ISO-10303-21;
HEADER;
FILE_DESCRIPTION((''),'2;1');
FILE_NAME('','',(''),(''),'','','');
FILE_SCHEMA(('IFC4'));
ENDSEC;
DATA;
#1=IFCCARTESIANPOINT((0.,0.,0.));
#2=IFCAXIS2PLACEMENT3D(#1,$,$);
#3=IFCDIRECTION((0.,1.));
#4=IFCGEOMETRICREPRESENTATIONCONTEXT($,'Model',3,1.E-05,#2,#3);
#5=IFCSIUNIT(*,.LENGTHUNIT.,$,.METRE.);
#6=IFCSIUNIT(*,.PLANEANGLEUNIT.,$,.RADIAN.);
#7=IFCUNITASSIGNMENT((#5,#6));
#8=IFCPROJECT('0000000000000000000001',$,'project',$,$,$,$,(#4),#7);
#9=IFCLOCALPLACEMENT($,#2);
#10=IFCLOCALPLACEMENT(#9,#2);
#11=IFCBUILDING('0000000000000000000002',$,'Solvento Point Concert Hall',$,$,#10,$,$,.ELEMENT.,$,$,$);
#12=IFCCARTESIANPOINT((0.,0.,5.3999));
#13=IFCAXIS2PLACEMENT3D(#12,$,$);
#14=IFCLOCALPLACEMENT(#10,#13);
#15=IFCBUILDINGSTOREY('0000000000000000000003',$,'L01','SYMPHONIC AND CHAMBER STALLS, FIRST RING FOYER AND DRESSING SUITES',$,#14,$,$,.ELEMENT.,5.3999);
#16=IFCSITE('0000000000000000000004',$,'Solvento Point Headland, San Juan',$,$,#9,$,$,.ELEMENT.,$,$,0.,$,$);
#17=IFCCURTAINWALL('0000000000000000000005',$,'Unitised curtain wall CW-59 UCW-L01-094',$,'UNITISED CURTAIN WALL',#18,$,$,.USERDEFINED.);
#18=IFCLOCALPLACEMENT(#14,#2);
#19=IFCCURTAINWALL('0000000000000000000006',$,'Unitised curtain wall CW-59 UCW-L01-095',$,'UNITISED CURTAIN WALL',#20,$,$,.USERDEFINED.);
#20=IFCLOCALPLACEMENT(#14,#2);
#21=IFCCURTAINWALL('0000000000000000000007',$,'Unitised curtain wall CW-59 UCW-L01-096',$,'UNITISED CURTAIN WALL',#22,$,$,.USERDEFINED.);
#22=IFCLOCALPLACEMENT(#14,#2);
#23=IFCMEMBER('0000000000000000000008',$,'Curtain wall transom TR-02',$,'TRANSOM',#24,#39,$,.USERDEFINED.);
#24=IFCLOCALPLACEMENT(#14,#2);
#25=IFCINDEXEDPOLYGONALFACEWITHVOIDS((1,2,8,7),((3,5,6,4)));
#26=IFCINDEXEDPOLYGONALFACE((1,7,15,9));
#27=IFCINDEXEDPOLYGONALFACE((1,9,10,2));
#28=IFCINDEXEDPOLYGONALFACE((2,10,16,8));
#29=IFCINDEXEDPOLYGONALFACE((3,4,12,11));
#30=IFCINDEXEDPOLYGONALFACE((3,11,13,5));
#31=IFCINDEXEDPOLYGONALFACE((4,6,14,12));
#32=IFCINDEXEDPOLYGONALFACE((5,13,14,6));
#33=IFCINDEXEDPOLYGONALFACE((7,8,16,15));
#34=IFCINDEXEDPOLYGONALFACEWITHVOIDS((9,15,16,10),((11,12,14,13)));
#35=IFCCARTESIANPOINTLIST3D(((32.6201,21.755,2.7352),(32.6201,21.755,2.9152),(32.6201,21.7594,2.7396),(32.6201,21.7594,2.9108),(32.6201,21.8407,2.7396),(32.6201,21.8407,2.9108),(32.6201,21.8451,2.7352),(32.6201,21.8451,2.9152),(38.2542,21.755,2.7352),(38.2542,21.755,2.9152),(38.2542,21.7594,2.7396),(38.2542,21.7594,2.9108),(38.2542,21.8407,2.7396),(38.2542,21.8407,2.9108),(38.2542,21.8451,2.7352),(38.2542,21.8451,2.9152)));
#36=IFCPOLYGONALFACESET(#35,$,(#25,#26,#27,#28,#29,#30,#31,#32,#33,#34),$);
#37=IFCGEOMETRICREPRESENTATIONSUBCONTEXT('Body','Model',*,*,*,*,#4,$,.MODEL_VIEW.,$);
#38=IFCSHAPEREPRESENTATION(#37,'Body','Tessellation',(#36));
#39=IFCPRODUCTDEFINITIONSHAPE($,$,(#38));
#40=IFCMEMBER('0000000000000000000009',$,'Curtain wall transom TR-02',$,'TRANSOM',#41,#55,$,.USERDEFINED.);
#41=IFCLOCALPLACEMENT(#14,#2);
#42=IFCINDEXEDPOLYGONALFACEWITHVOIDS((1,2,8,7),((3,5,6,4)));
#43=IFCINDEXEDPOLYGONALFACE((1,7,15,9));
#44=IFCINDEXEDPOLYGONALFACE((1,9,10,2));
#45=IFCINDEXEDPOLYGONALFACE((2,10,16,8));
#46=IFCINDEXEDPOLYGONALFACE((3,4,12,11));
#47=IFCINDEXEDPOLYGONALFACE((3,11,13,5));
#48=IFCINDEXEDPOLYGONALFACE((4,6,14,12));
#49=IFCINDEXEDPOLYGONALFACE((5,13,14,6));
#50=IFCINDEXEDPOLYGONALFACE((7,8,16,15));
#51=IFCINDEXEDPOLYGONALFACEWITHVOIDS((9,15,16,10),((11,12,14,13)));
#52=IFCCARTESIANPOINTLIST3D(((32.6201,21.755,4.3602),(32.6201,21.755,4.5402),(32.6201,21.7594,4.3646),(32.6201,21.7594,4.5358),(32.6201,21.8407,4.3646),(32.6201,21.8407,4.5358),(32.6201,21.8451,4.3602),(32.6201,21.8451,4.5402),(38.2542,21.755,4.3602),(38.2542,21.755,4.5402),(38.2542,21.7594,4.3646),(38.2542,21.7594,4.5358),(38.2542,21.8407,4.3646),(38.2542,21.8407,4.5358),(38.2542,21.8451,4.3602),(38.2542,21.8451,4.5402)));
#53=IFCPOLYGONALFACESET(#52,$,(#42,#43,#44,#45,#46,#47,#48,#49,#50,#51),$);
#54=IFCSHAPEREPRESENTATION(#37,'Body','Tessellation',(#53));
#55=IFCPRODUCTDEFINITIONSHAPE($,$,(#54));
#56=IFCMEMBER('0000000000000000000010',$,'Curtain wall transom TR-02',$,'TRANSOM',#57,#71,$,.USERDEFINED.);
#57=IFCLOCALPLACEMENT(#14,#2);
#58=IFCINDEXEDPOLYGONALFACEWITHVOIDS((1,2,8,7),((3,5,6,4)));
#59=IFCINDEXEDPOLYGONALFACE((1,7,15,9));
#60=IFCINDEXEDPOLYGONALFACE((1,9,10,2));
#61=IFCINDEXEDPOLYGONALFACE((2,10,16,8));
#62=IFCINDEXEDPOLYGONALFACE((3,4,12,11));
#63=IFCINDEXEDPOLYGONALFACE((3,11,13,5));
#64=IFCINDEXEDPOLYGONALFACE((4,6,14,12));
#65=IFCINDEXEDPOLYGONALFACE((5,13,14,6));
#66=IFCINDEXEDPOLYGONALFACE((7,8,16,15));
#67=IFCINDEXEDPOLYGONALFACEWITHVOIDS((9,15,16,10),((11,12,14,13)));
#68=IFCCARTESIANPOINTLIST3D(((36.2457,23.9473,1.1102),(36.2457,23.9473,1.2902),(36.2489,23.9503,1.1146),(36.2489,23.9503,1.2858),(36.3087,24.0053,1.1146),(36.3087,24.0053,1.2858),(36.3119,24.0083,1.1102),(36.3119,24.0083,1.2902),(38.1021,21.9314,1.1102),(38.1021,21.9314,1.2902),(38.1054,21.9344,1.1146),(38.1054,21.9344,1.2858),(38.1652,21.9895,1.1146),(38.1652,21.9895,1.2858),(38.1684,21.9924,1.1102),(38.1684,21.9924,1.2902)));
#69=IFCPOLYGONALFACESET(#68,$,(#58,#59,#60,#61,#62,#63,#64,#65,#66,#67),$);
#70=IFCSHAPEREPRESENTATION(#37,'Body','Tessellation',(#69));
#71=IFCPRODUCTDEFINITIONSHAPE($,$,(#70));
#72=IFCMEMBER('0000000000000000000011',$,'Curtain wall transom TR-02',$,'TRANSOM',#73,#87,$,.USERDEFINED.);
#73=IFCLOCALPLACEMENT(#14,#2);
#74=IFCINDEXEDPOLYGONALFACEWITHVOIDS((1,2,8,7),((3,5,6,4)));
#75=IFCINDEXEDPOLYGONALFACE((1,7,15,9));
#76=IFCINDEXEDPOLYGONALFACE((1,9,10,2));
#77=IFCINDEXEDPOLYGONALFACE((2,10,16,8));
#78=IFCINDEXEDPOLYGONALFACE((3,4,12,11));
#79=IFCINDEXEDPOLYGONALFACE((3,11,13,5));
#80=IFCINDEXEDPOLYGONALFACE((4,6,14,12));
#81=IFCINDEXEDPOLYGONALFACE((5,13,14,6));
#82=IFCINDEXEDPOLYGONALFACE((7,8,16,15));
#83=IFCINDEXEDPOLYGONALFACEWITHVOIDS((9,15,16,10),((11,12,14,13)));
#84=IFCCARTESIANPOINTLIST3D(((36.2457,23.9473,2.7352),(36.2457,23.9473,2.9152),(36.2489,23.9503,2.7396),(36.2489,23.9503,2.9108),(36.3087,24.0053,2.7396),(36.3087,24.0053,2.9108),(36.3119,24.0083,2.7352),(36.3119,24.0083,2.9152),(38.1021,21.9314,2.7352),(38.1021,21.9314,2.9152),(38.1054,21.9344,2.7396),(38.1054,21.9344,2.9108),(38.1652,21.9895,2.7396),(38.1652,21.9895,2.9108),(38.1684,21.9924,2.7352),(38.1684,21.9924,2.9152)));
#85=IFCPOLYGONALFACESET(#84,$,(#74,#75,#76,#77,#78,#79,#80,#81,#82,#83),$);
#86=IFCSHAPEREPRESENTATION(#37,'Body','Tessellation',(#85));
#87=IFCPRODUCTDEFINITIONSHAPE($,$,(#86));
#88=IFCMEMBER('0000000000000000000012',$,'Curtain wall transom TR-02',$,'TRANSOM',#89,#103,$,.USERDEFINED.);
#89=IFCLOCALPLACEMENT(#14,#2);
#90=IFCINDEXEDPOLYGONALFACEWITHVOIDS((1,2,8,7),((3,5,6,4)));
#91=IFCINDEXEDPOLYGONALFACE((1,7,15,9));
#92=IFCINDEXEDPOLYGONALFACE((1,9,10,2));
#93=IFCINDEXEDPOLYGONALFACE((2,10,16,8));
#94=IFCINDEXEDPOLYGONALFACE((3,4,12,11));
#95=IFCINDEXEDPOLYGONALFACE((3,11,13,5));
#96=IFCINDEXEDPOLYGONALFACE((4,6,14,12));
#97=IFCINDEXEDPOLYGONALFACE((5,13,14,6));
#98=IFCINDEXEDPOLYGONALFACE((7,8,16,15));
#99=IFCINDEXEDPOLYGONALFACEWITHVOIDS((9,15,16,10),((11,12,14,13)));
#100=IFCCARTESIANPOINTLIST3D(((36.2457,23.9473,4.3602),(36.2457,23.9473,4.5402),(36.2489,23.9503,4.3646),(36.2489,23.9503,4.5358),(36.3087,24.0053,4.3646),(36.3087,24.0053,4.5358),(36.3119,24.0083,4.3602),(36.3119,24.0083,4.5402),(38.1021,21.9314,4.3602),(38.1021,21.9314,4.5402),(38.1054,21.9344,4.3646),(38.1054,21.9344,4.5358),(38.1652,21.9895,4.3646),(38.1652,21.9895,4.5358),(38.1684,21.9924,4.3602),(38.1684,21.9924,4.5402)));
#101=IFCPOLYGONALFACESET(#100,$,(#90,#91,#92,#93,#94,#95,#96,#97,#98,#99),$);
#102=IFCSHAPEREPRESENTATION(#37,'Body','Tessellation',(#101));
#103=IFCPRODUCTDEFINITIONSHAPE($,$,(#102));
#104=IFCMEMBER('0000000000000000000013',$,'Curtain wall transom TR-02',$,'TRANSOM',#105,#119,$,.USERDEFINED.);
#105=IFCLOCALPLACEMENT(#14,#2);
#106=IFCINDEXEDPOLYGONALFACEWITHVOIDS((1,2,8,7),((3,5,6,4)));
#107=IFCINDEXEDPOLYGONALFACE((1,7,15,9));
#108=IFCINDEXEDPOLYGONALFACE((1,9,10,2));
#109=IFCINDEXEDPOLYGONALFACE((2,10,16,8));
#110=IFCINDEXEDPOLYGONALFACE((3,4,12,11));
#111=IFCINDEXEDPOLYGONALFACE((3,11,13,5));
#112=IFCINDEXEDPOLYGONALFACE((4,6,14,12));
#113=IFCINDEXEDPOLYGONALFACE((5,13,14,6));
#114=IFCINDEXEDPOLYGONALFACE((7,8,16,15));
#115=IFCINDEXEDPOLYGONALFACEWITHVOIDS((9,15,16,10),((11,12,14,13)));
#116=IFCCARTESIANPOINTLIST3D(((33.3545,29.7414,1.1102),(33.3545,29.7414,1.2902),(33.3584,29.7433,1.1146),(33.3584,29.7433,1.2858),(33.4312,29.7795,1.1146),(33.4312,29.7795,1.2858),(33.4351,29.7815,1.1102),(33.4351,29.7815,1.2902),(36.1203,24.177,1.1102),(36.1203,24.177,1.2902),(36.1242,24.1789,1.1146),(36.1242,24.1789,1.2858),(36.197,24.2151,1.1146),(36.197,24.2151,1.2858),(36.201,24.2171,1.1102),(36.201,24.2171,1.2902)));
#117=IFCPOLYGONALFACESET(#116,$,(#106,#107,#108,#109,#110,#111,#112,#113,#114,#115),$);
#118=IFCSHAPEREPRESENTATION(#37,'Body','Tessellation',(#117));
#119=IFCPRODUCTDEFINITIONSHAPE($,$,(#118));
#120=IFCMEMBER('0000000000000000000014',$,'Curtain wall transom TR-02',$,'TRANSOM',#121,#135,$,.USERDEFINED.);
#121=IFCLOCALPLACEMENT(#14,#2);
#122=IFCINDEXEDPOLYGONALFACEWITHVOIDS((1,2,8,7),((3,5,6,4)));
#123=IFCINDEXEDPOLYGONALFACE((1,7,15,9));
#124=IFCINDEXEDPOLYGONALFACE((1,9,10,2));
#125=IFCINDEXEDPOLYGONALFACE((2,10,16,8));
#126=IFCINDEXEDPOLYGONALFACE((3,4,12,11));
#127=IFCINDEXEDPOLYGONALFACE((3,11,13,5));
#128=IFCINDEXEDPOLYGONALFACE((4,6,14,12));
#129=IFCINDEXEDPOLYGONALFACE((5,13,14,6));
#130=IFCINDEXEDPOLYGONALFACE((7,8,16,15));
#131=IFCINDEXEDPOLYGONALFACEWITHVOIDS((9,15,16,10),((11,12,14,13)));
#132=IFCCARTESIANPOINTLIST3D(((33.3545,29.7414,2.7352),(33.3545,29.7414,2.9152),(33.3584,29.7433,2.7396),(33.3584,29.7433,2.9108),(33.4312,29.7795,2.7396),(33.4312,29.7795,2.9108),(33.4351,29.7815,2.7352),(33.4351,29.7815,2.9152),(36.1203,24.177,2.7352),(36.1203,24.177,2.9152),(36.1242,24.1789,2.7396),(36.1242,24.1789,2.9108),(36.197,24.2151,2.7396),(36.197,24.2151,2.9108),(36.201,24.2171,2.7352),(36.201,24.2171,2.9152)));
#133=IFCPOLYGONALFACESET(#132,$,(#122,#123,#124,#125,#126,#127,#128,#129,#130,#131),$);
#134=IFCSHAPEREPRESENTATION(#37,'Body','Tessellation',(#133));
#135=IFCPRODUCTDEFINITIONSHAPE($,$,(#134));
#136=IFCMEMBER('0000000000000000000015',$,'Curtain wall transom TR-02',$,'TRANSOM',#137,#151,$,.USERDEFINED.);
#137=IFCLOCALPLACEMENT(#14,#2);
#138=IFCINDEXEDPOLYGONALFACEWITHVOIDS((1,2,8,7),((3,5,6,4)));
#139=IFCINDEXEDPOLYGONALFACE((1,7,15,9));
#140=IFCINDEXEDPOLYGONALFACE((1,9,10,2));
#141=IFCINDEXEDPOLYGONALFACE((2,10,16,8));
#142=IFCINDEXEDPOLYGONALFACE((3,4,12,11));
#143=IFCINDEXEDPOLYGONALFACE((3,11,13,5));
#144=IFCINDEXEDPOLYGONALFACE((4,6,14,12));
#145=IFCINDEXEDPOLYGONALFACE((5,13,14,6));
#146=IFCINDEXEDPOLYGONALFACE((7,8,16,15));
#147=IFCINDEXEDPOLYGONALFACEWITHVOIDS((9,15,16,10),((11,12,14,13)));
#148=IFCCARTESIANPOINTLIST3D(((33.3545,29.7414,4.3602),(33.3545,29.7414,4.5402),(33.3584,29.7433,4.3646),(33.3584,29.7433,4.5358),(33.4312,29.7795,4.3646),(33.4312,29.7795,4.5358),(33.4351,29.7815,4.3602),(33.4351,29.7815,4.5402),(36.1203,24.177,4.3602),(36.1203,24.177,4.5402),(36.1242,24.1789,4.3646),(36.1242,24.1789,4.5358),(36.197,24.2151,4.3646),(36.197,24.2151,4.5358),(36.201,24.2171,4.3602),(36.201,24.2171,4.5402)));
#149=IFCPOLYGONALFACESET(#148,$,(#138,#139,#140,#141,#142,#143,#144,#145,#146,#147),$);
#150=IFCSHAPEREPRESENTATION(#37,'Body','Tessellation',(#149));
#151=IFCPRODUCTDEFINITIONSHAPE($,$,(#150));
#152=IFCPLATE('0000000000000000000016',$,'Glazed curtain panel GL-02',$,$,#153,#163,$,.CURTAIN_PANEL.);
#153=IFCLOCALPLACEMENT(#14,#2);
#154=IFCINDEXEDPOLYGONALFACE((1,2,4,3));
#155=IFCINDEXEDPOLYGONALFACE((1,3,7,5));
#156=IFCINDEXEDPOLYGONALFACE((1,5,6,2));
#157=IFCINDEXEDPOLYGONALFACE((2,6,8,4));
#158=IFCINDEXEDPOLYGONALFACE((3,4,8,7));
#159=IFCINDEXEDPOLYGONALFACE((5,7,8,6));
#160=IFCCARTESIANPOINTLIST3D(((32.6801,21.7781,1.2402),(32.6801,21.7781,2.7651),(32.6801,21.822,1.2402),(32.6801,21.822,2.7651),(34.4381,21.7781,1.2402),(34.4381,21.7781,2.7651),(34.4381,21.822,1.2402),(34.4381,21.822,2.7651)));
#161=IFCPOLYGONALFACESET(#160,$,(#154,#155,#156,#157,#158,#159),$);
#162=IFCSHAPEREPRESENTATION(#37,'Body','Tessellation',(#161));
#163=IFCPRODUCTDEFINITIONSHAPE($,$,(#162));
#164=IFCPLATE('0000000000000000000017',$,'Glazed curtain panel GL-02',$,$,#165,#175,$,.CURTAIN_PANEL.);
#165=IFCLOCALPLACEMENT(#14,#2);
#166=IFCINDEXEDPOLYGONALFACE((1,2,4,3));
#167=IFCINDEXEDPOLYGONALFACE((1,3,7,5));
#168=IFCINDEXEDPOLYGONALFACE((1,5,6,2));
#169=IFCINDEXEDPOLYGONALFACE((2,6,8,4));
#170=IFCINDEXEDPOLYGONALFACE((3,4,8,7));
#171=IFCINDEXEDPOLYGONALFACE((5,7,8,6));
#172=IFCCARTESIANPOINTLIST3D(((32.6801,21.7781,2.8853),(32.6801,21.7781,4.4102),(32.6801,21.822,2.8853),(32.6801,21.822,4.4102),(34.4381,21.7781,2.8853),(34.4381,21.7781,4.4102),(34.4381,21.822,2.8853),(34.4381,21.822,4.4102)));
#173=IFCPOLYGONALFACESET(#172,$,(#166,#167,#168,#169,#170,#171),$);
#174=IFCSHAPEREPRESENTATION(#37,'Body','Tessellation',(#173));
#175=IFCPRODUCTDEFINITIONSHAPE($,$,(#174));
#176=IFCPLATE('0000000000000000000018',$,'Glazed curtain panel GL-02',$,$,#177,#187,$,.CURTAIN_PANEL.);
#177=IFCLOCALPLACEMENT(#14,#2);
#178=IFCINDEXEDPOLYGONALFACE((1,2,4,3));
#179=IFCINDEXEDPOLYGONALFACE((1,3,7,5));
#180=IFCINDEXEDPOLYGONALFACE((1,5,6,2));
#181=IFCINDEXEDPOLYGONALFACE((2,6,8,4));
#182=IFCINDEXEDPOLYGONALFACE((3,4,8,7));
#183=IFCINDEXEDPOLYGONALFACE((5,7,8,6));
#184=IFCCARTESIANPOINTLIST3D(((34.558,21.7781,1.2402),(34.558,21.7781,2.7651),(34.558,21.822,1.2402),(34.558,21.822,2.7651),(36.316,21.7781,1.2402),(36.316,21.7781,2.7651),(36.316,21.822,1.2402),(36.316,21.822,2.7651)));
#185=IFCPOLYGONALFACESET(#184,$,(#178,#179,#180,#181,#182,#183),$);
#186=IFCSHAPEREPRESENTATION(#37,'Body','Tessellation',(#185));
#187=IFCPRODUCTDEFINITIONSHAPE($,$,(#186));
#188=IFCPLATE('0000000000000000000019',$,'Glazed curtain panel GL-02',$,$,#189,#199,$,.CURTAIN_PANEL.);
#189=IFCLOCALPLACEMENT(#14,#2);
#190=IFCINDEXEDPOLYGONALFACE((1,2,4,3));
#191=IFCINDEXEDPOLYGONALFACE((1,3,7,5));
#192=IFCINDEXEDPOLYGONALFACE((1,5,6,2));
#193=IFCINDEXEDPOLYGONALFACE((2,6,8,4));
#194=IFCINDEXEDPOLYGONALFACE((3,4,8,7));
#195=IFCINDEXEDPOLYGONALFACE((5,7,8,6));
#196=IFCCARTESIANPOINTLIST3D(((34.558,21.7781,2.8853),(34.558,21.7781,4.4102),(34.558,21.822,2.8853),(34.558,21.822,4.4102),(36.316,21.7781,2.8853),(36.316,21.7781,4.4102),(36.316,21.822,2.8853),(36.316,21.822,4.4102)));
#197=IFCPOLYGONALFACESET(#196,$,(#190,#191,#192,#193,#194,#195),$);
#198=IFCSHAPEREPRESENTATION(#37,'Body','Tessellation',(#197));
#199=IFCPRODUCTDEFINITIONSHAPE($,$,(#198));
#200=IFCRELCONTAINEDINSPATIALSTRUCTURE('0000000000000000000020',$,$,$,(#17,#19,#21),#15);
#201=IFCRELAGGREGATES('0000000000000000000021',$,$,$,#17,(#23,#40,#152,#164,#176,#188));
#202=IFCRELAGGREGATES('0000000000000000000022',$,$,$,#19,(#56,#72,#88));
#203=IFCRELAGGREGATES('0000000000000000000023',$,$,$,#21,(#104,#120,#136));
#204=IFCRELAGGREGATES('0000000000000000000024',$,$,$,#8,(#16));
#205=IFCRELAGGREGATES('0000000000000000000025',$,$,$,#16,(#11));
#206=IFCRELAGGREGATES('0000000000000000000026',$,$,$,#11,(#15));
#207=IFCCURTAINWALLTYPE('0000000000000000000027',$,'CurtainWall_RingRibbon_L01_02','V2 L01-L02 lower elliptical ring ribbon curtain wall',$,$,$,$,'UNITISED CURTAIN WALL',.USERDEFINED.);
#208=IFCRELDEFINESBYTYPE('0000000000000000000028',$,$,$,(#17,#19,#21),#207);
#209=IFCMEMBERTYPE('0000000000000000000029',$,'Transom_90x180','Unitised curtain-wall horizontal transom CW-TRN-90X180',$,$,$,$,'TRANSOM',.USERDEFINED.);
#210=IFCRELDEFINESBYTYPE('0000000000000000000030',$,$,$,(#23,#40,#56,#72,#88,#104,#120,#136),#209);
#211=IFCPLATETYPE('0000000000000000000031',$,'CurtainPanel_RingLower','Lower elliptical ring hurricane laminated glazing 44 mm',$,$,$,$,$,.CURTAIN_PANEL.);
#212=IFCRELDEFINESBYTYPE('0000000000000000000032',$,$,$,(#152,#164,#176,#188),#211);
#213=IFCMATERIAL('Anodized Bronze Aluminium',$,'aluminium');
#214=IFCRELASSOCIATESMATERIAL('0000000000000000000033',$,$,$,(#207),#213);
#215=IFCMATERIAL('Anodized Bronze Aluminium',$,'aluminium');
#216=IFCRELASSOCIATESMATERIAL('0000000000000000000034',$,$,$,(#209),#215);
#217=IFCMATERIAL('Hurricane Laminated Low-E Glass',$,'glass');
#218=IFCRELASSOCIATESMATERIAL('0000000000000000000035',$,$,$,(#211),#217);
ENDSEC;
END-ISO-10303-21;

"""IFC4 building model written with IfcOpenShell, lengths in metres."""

from ifc_helpers import new_model, si_unit, direction, frame, origin, origin_2d, place, context, subcontext, project, spatial, rectangle, hollow_rectangle, extrude, material, material_profile, profile_set, type_object, element, aggregate, save


model = new_model("IFC4")

# Units and contexts
model_context = context("Model", 3, precision=1e-05, world=origin(), true_north=direction((0.0, 1.0)))
body_context = subcontext(model_context, "Body", "Model", "MODEL_VIEW")
ifc_project = project(units=[si_unit("LENGTHUNIT", "METRE"), si_unit("PLANEANGLEUNIT", "RADIAN")], contexts=[model_context])

# Site, building, storey
site_placement = place(None, origin())
site = spatial("IfcSite", under=ifc_project, at=site_placement, Name="Solvento Point Headland, San Juan", CompositionType="ELEMENT", RefElevation=0.0)
building_placement = place(site_placement, origin())
building = spatial("IfcBuilding", under=site, at=building_placement, Name="Solvento Point Concert Hall", CompositionType="ELEMENT")
storey_placement = place(building_placement, frame((0.0, 0.0, 5.3999)))
storey = spatial("IfcBuildingStorey", under=building, at=storey_placement, Name="L01", Description="SYMPHONIC AND CHAMBER STALLS, FIRST RING FOYER AND DRESSING SUITES", CompositionType="ELEMENT", Elevation=5.3999)

# Shared definitions
ifc_material_1 = material(Name="Anodized Bronze Aluminium", Category="aluminium")
curtain_wall_type = type_object("IfcCurtainWallType", Name="CurtainWall_RingRibbon_L01_02", Description="V2 L01-L02 lower elliptical ring ribbon curtain wall", ElementType="UNITISED CURTAIN WALL", PredefinedType="USERDEFINED", material=ifc_material_1)

# Curtain walls
curtain_wall_1_placement = place(storey_placement, origin())
curtain_wall_1 = element("IfcCurtainWall", 1, at=curtain_wall_1_placement, inside=storey, type_object=curtain_wall_type, Name="Unitised curtain wall CW-59 UCW-L01-094", ObjectType="UNITISED CURTAIN WALL", PredefinedType="USERDEFINED")
curtain_wall_2_placement = place(storey_placement, origin())
curtain_wall_2 = element("IfcCurtainWall", 2, at=curtain_wall_2_placement, inside=storey, type_object=curtain_wall_type, Name="Unitised curtain wall CW-59 UCW-L01-095", ObjectType="UNITISED CURTAIN WALL", PredefinedType="USERDEFINED")
curtain_wall_3_placement = place(storey_placement, origin())
curtain_wall_3 = element("IfcCurtainWall", 3, at=curtain_wall_3_placement, inside=storey, type_object=curtain_wall_type, Name="Unitised curtain wall CW-59 UCW-L01-096", ObjectType="UNITISED CURTAIN WALL", PredefinedType="USERDEFINED")

# Members
ifc_material_2 = material(Name="Anodized Bronze Aluminium", Category="aluminium")
ifc_material_profile_1 = material_profile(ifc_material_2, hollow_rectangle(XDim=0.0901, YDim=0.1799, WallThickness=0.0044, at=origin_2d()), Name="CW-TRN-90X180")
ifc_profile_set_1 = profile_set([ifc_material_profile_1], Name="Anodized Bronze Aluminium")
member_type_1 = type_object("IfcMemberType", Name="Transom_90x180", Description="Unitised curtain-wall horizontal transom CW-TRN-90X180", ElementType="TRANSOM", PredefinedType="USERDEFINED", material=ifc_profile_set_1)
member_1_placement = place(storey_placement, frame((32.6201, 21.8, 2.8252), z_axis=(1.0, 0.0, 0.0), x_axis=(0.0, 1.0, 0.0)))
member_1 = element("IfcMember", 4, at=member_1_placement, type_object=member_type_1, Name="Curtain wall transom TR-02", ObjectType="TRANSOM", PredefinedType="USERDEFINED", context=body_context, shape_type="SweptSolid", body=[
    extrude(hollow_rectangle(XDim=0.0901, YDim=0.1799, WallThickness=0.0044, at=origin_2d()), origin(), (0.0, 0.0, 1.0), 5.634),
])
member_2_placement = place(storey_placement, frame((32.6201, 21.8, 4.4502), z_axis=(1.0, 0.0, 0.0), x_axis=(0.0, 1.0, 0.0)))
member_2 = element("IfcMember", 5, at=member_2_placement, type_object=member_type_1, Name="Curtain wall transom TR-02", ObjectType="TRANSOM", PredefinedType="USERDEFINED", context=body_context, shape_type="SweptSolid", body=[
    extrude(hollow_rectangle(XDim=0.0901, YDim=0.1799, WallThickness=0.0044, at=origin_2d()), origin(), (0.0, 0.0, 1.0), 5.634),
])
member_3_placement = place(storey_placement, frame((38.1353, 21.9619, 1.2002), z_axis=(-0.677421, 0.735595, 0.0), x_axis=(-0.735595, -0.677421, 0.0)))
member_3 = element("IfcMember", 6, at=member_3_placement, type_object=member_type_1, Name="Curtain wall transom TR-02", ObjectType="TRANSOM", PredefinedType="USERDEFINED", context=body_context, shape_type="SweptSolid", body=[
    extrude(hollow_rectangle(XDim=0.0901, YDim=0.1799, WallThickness=0.0044, at=origin_2d()), origin(), (0.0, 0.0, 1.0), 2.7405),
])
member_4_placement = place(storey_placement, frame((38.1353, 21.9619, 2.8252), z_axis=(-0.677421, 0.735595, 0.0), x_axis=(-0.735595, -0.677421, 0.0)))
member_4 = element("IfcMember", 7, at=member_4_placement, type_object=member_type_1, Name="Curtain wall transom TR-02", ObjectType="TRANSOM", PredefinedType="USERDEFINED", context=body_context, shape_type="SweptSolid", body=[
    extrude(hollow_rectangle(XDim=0.0901, YDim=0.1799, WallThickness=0.0044, at=origin_2d()), origin(), (0.0, 0.0, 1.0), 2.7405),
])
member_5_placement = place(storey_placement, frame((38.1353, 21.9619, 4.4502), z_axis=(-0.677421, 0.735595, 0.0), x_axis=(-0.735595, -0.677421, 0.0)))
member_5 = element("IfcMember", 8, at=member_5_placement, type_object=member_type_1, Name="Curtain wall transom TR-02", ObjectType="TRANSOM", PredefinedType="USERDEFINED", context=body_context, shape_type="SweptSolid", body=[
    extrude(hollow_rectangle(XDim=0.0901, YDim=0.1799, WallThickness=0.0044, at=origin_2d()), origin(), (0.0, 0.0, 1.0), 2.7405),
])
member_6_placement = place(storey_placement, frame((36.1606, 24.197, 1.2002), z_axis=(-0.445106, 0.895478, 0.0), x_axis=(-0.895478, -0.445106, 0.0)))
member_6 = element("IfcMember", 9, at=member_6_placement, type_object=member_type_1, Name="Curtain wall transom TR-02", ObjectType="TRANSOM", PredefinedType="USERDEFINED", context=body_context, shape_type="SweptSolid", body=[
    extrude(hollow_rectangle(XDim=0.0901, YDim=0.1799, WallThickness=0.0044, at=origin_2d()), origin(), (0.0, 0.0, 1.0), 6.2139),
])
member_7_placement = place(storey_placement, frame((36.1606, 24.197, 2.8252), z_axis=(-0.445106, 0.895478, 0.0), x_axis=(-0.895478, -0.445106, 0.0)))
member_7 = element("IfcMember", 10, at=member_7_placement, type_object=member_type_1, Name="Curtain wall transom TR-02", ObjectType="TRANSOM", PredefinedType="USERDEFINED", context=body_context, shape_type="SweptSolid", body=[
    extrude(hollow_rectangle(XDim=0.0901, YDim=0.1799, WallThickness=0.0044, at=origin_2d()), origin(), (0.0, 0.0, 1.0), 6.2139),
])
member_8_placement = place(storey_placement, frame((36.1606, 24.197, 4.4502), z_axis=(-0.445106, 0.895478, 0.0), x_axis=(-0.895478, -0.445106, 0.0)))
member_8 = element("IfcMember", 11, at=member_8_placement, type_object=member_type_1, Name="Curtain wall transom TR-02", ObjectType="TRANSOM", PredefinedType="USERDEFINED", context=body_context, shape_type="SweptSolid", body=[
    extrude(hollow_rectangle(XDim=0.0901, YDim=0.1799, WallThickness=0.0044, at=origin_2d()), origin(), (0.0, 0.0, 1.0), 6.2139),
])

# Plates
ifc_material_3 = material(Name="Hurricane Laminated Low-E Glass", Category="glass")
plate_type = type_object("IfcPlateType", Name="CurtainPanel_RingLower", Description="Lower elliptical ring hurricane laminated glazing 44 mm", PredefinedType="CURTAIN_PANEL", material=ifc_material_3)
plate_1_placement = place(storey_placement, frame((33.5591, 21.8, 1.2402), z_axis=(0.0, 0.0, 1.0), x_axis=(1.0, 0.0, 0.0)))
plate_1 = element("IfcPlate", 12, at=plate_1_placement, type_object=plate_type, Name="Glazed curtain panel GL-02", PredefinedType="CURTAIN_PANEL", context=body_context, shape_type="SweptSolid", body=[
    extrude(rectangle(XDim=1.7581, YDim=0.0439, at=origin_2d()), origin(), (0.0, 0.0, 1.0), 1.5249),
])
plate_2_placement = place(storey_placement, frame((33.5591, 21.8, 2.8853), z_axis=(0.0, 0.0, 1.0), x_axis=(1.0, 0.0, 0.0)))
plate_2 = element("IfcPlate", 13, at=plate_2_placement, type_object=plate_type, Name="Glazed curtain panel GL-02", PredefinedType="CURTAIN_PANEL", context=body_context, shape_type="SweptSolid", body=[
    extrude(rectangle(XDim=1.7581, YDim=0.0439, at=origin_2d()), origin(), (0.0, 0.0, 1.0), 1.5249),
])
plate_3_placement = place(storey_placement, frame((35.437, 21.8, 1.2402), z_axis=(0.0, 0.0, 1.0), x_axis=(1.0, 0.0, 0.0)))
plate_3 = element("IfcPlate", 14, at=plate_3_placement, type_object=plate_type, Name="Glazed curtain panel GL-02", PredefinedType="CURTAIN_PANEL", context=body_context, shape_type="SweptSolid", body=[
    extrude(rectangle(XDim=1.7581, YDim=0.0439, at=origin_2d()), origin(), (0.0, 0.0, 1.0), 1.5249),
])
plate_4_placement = place(storey_placement, frame((35.437, 21.8, 2.8853), z_axis=(0.0, 0.0, 1.0), x_axis=(1.0, 0.0, 0.0)))
plate_4 = element("IfcPlate", 15, at=plate_4_placement, type_object=plate_type, Name="Glazed curtain panel GL-02", PredefinedType="CURTAIN_PANEL", context=body_context, shape_type="SweptSolid", body=[
    extrude(rectangle(XDim=1.7581, YDim=0.0439, at=origin_2d()), origin(), (0.0, 0.0, 1.0), 1.5249),
])
aggregate(curtain_wall_1, [member_1, member_2, plate_1, plate_2, plate_3, plate_4])
aggregate(curtain_wall_2, [member_3, member_4, member_5])
aggregate(curtain_wall_3, [member_6, member_7, member_8])

save(model, "model.ifc")
